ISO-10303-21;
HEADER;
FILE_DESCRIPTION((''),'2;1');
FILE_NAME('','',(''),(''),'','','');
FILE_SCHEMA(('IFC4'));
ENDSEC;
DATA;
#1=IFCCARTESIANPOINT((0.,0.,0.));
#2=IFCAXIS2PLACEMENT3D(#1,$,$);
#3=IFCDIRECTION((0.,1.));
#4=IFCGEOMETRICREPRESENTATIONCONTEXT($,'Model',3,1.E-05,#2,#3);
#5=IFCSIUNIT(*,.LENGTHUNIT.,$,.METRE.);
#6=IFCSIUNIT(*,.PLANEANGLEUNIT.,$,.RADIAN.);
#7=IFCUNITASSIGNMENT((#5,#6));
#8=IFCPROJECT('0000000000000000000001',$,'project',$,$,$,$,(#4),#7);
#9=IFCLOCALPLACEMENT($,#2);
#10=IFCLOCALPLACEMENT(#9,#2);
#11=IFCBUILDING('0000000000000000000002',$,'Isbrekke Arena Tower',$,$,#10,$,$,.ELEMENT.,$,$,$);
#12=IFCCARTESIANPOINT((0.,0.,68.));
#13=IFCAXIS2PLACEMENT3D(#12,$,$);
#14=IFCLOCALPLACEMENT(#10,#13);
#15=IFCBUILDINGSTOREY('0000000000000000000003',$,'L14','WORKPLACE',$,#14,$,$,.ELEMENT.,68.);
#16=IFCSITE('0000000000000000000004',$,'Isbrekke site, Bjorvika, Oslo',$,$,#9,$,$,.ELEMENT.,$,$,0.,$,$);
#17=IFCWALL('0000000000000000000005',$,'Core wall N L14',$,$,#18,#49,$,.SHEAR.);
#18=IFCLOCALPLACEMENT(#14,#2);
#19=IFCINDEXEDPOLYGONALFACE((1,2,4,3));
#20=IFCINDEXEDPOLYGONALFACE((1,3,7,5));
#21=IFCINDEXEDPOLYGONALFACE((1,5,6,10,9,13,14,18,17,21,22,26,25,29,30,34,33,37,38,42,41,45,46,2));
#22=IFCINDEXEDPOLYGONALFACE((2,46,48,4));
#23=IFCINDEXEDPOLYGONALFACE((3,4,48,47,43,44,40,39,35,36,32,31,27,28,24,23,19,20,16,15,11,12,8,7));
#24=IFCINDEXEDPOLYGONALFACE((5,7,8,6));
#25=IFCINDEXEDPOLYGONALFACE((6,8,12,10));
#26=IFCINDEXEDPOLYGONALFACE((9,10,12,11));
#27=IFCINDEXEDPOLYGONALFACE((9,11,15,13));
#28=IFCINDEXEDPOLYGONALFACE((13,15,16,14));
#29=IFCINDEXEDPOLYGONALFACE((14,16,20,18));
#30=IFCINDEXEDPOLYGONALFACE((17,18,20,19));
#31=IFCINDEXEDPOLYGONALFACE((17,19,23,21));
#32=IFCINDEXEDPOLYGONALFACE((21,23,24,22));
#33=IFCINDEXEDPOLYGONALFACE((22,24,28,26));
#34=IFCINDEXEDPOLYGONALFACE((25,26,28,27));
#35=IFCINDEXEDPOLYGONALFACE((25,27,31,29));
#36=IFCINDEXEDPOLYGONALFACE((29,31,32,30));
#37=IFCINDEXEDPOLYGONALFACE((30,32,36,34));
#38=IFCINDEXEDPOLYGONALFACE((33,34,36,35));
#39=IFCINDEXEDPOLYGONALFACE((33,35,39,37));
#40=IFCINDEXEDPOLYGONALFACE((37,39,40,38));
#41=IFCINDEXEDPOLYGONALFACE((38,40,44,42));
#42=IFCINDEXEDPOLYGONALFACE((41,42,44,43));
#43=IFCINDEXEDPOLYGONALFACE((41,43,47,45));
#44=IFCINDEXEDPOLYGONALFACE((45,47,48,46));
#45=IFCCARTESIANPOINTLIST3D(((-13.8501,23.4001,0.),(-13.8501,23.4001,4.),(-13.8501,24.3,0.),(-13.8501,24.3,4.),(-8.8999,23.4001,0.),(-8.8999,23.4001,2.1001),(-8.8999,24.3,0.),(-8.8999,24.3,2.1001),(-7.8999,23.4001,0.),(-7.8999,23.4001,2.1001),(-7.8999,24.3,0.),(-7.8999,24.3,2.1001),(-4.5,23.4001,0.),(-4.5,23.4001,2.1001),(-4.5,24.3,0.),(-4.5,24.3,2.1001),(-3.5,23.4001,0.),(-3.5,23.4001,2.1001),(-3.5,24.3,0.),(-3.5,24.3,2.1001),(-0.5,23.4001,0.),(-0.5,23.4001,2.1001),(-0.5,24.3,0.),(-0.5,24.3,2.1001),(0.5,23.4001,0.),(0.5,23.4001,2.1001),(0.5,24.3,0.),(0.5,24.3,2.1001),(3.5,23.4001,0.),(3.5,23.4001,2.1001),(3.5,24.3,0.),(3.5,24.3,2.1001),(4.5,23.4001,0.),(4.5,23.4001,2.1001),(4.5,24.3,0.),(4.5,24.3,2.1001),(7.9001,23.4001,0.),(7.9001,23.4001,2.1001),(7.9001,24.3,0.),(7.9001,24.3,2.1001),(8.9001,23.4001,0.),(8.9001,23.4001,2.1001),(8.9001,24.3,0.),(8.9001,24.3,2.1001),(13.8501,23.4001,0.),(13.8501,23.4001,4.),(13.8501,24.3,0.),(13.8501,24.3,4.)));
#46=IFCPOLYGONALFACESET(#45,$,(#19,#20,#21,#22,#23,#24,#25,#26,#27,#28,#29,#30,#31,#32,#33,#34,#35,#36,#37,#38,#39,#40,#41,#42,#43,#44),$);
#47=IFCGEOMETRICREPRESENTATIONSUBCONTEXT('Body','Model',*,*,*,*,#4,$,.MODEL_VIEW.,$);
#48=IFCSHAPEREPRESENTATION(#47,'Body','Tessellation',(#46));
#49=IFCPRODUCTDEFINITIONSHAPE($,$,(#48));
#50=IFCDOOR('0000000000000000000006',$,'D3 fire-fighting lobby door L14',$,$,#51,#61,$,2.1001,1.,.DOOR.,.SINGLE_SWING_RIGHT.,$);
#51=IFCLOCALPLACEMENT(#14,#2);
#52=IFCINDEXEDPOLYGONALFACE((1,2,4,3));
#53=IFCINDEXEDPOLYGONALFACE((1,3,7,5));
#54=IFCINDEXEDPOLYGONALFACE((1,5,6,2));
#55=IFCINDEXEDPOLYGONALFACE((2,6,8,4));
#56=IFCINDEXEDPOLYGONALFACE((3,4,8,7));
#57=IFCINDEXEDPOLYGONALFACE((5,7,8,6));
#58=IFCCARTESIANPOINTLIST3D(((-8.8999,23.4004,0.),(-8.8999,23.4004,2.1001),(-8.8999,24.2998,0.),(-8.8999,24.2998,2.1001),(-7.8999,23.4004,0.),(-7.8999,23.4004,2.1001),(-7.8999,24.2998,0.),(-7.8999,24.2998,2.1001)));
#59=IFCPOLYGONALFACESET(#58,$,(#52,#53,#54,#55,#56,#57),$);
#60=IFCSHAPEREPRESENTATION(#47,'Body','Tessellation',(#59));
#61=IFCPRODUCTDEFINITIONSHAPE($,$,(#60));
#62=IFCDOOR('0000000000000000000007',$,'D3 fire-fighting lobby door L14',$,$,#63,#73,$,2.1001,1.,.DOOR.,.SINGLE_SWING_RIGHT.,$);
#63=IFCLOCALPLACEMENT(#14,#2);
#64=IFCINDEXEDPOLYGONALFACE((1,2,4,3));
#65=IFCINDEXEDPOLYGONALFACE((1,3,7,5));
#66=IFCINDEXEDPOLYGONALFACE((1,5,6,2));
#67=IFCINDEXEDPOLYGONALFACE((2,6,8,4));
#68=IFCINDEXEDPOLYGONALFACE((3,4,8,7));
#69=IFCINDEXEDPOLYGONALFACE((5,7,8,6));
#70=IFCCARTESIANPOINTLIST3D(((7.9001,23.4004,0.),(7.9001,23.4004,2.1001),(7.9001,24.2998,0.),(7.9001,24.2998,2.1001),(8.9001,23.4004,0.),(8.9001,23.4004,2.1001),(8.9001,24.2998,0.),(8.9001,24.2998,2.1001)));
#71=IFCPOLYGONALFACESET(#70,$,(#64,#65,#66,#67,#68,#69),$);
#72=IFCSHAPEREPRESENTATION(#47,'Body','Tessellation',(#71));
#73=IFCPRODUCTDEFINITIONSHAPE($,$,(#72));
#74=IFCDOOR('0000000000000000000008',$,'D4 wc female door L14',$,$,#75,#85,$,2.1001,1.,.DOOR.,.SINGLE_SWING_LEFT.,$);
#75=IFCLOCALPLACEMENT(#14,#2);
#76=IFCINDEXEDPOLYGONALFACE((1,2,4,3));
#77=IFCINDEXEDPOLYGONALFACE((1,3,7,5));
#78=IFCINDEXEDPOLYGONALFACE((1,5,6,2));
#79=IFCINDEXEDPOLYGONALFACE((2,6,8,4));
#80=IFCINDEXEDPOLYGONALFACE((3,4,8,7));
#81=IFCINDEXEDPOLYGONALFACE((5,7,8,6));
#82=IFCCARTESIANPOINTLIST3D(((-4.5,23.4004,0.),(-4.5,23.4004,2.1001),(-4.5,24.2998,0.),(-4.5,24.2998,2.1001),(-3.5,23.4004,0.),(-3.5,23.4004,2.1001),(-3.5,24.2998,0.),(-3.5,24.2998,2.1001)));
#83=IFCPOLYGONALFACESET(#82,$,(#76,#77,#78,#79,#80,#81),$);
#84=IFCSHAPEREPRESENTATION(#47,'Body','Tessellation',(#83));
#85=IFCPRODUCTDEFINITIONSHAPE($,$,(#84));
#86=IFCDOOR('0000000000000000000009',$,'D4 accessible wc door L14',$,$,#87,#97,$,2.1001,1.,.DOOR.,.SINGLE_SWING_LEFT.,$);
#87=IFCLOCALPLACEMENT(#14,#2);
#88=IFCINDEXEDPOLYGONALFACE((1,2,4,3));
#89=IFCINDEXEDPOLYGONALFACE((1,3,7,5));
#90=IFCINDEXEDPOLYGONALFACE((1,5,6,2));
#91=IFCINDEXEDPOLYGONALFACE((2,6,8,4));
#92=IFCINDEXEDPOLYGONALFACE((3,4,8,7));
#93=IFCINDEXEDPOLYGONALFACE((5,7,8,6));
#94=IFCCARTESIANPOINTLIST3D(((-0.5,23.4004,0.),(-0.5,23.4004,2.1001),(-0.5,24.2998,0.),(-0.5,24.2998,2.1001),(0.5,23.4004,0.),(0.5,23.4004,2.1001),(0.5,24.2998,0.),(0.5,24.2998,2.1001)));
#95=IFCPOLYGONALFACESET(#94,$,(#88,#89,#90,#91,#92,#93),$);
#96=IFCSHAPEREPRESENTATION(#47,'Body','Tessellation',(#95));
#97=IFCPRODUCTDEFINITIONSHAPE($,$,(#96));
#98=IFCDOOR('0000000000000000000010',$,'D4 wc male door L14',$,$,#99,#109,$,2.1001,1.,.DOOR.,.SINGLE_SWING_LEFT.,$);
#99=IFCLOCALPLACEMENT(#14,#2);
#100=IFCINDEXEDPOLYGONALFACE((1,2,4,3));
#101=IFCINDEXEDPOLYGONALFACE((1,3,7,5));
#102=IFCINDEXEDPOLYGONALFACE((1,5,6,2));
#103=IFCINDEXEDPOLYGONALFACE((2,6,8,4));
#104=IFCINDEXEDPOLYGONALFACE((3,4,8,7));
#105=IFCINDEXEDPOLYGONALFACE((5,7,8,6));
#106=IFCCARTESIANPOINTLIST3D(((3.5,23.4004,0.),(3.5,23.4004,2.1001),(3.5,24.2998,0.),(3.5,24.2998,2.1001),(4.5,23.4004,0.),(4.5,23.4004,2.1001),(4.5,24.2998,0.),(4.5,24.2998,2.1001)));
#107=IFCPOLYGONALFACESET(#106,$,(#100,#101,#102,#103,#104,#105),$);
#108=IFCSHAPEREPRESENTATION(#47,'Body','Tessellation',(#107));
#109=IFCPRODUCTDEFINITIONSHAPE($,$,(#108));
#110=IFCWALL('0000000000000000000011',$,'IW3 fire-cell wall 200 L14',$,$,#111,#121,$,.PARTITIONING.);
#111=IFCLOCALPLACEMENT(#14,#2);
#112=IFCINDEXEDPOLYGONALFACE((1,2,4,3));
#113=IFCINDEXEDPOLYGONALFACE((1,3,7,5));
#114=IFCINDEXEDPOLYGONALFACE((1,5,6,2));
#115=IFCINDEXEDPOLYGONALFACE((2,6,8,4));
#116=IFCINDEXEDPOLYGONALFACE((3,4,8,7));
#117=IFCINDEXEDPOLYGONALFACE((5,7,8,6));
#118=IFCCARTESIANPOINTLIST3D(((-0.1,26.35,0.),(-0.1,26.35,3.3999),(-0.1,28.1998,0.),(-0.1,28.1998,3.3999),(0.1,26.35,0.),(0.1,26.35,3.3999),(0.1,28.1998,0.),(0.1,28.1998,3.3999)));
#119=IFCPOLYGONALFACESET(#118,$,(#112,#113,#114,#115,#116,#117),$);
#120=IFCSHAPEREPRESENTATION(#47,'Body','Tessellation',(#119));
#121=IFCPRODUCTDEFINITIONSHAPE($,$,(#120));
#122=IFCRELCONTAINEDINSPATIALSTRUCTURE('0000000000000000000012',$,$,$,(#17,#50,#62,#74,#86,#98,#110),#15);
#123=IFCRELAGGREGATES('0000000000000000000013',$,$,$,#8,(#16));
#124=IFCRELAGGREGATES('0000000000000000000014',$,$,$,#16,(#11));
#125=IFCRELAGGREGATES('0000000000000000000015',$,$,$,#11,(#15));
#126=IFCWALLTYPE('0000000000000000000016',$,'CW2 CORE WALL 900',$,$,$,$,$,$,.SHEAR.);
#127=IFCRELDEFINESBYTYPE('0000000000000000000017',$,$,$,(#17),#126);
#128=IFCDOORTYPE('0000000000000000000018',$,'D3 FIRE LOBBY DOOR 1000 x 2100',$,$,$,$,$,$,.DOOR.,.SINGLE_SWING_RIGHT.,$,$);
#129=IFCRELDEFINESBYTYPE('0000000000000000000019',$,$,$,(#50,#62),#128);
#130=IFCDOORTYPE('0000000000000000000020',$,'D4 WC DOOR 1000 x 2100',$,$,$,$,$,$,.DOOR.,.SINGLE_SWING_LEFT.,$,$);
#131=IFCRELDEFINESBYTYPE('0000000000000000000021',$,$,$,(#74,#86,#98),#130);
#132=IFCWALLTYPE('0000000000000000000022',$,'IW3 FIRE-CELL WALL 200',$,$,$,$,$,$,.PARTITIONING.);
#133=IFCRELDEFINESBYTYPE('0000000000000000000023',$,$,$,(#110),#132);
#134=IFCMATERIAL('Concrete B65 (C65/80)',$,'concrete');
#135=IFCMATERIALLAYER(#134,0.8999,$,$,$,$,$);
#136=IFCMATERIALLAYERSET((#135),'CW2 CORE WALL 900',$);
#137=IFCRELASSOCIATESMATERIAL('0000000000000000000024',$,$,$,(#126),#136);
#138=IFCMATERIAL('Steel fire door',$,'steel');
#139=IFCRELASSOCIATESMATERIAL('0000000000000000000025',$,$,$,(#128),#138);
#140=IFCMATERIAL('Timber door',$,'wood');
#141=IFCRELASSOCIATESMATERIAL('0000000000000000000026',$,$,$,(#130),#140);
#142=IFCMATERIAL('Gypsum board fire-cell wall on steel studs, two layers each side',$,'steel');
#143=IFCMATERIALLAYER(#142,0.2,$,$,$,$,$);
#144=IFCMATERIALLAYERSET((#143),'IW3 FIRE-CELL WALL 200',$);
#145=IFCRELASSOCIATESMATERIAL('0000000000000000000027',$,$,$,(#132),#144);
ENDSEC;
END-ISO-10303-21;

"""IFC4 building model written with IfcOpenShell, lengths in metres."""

from ifc_helpers import new_model, si_unit, direction, frame, frame_2d, origin, place, context, subcontext, project, spatial, rectangle, extrude, material, layer, layer_set, type_object, element, fill, save


model = new_model("IFC4")

# Units and contexts
model_context = context("Model", 3, precision=1e-05, world=origin(), true_north=direction((0.0, 1.0)))
body_context = subcontext(model_context, "Body", "Model", "MODEL_VIEW")
ifc_project = project(units=[si_unit("LENGTHUNIT", "METRE"), si_unit("PLANEANGLEUNIT", "RADIAN")], contexts=[model_context])

# Site, building, storey
site_placement = place(None, origin())
site = spatial("IfcSite", under=ifc_project, at=site_placement, Name="Isbrekke site, Bjorvika, Oslo", CompositionType="ELEMENT", RefElevation=0.0)
building_placement = place(site_placement, origin())
building = spatial("IfcBuilding", under=site, at=building_placement, Name="Isbrekke Arena Tower", CompositionType="ELEMENT")
storey_placement = place(building_placement, frame((0.0, 0.0, 68.0)))
storey = spatial("IfcBuildingStorey", under=building, at=storey_placement, Name="L14", Description="WORKPLACE", CompositionType="ELEMENT", Elevation=68.0)

# Wall, openings, doors
ifc_material_1 = material(Name="Concrete B65 (C65/80)", Category="concrete")
ifc_layer_1 = layer(ifc_material_1, 0.8999)
ifc_layer_set_1 = layer_set([ifc_layer_1], Name="CW2 CORE WALL 900")
wall_type_1 = type_object("IfcWallType", Name="CW2 CORE WALL 900", PredefinedType="SHEAR", material=ifc_layer_set_1)
wall_1_placement = place(storey_placement, frame((13.8501, 23.8501, 0.0), z_axis=(0.0, 0.0, 1.0), x_axis=(-1.0, 0.0, 0.0)))
wall_1 = element("IfcWall", 1, at=wall_1_placement, inside=storey, type_object=wall_type_1, Name="Core wall N L14", PredefinedType="SHEAR", context=body_context, shape_type="SweptSolid", body=[
    extrude(rectangle(XDim=27.7002, YDim=0.8999, at=frame_2d((13.8501, 0.0))), origin(), (0.0, 0.0, 1.0), 4.0),
])
opening_1_placement = place(wall_1_placement, frame((21.75, 0.0, 0.0)))
opening_1 = element("IfcOpeningElement", 2, at=opening_1_placement, cuts=wall_1, PredefinedType="OPENING", context=body_context, shape_type="SweptSolid", body=[
    extrude(rectangle(XDim=1.0, YDim=2.1001, at=frame_2d((0.5, 1.05))), frame((0.0, 0.4648, 0.0), z_axis=(0.0, -1.0, 0.0), x_axis=(1.0, 0.0, 0.0)), (0.0, 0.0, 1.0), 0.9297),
])
opening_2_placement = place(wall_1_placement, frame((4.95, 0.0, 0.0)))
opening_2 = element("IfcOpeningElement", 3, at=opening_2_placement, cuts=wall_1, PredefinedType="OPENING", context=body_context, shape_type="SweptSolid", body=[
    extrude(rectangle(XDim=1.0, YDim=2.1001, at=frame_2d((0.5, 1.05))), frame((0.0, 0.4648, 0.0), z_axis=(0.0, -1.0, 0.0), x_axis=(1.0, 0.0, 0.0)), (0.0, 0.0, 1.0), 0.9297),
])
opening_3_placement = place(wall_1_placement, frame((17.3501, 0.0, 0.0)))
opening_3 = element("IfcOpeningElement", 4, at=opening_3_placement, cuts=wall_1, PredefinedType="OPENING", context=body_context, shape_type="SweptSolid", body=[
    extrude(rectangle(XDim=1.0, YDim=2.1001, at=frame_2d((0.5, 1.05))), frame((0.0, 0.4648, 0.0), z_axis=(0.0, -1.0, 0.0), x_axis=(1.0, 0.0, 0.0)), (0.0, 0.0, 1.0), 0.9297),
])
opening_4_placement = place(wall_1_placement, frame((13.3501, 0.0, 0.0)))
opening_4 = element("IfcOpeningElement", 5, at=opening_4_placement, cuts=wall_1, PredefinedType="OPENING", context=body_context, shape_type="SweptSolid", body=[
    extrude(rectangle(XDim=1.0, YDim=2.1001, at=frame_2d((0.5, 1.05))), frame((0.0, 0.4648, 0.0), z_axis=(0.0, -1.0, 0.0), x_axis=(1.0, 0.0, 0.0)), (0.0, 0.0, 1.0), 0.9297),
])
opening_5_placement = place(wall_1_placement, frame((9.3501, 0.0, 0.0)))
opening_5 = element("IfcOpeningElement", 6, at=opening_5_placement, cuts=wall_1, PredefinedType="OPENING", context=body_context, shape_type="SweptSolid", body=[
    extrude(rectangle(XDim=1.0, YDim=2.1001, at=frame_2d((0.5, 1.05))), frame((0.0, 0.4648, 0.0), z_axis=(0.0, -1.0, 0.0), x_axis=(1.0, 0.0, 0.0)), (0.0, 0.0, 1.0), 0.9297),
])
ifc_material_2 = material(Name="Steel fire door", Category="steel")
door_type_1 = type_object("IfcDoorType", Name="D3 FIRE LOBBY DOOR 1000 x 2100", OperationType="SINGLE_SWING_RIGHT", PredefinedType="DOOR", material=ifc_material_2)
door_1_placement = place(opening_1_placement, origin())
door_1 = element("IfcDoor", 7, at=door_1_placement, inside=storey, type_object=door_type_1, Name="D3 fire-fighting lobby door L14", OperationType="SINGLE_SWING_RIGHT", OverallHeight=2.1001, OverallWidth=1.0, PredefinedType="DOOR", context=body_context, shape_type="SweptSolid", body=[
    extrude(rectangle(XDim=1.0, YDim=2.1001, at=frame_2d((0.5, 1.05))), frame((0.0, 0.4497, 0.0), z_axis=(0.0, -1.0, 0.0), x_axis=(1.0, 0.0, 0.0)), (0.0, 0.0, 1.0), 0.8994),
])
fill(opening_1, door_1)
door_2_placement = place(opening_2_placement, origin())
door_2 = element("IfcDoor", 8, at=door_2_placement, inside=storey, type_object=door_type_1, Name="D3 fire-fighting lobby door L14", OperationType="SINGLE_SWING_RIGHT", OverallHeight=2.1001, OverallWidth=1.0, PredefinedType="DOOR", context=body_context, shape_type="SweptSolid", body=[
    extrude(rectangle(XDim=1.0, YDim=2.1001, at=frame_2d((0.5, 1.05))), frame((0.0, 0.4497, 0.0), z_axis=(0.0, -1.0, 0.0), x_axis=(1.0, 0.0, 0.0)), (0.0, 0.0, 1.0), 0.8994),
])
fill(opening_2, door_2)
ifc_material_3 = material(Name="Timber door", Category="wood")
door_type_2 = type_object("IfcDoorType", Name="D4 WC DOOR 1000 x 2100", OperationType="SINGLE_SWING_LEFT", PredefinedType="DOOR", material=ifc_material_3)
door_3_placement = place(opening_3_placement, origin())
door_3 = element("IfcDoor", 9, at=door_3_placement, inside=storey, type_object=door_type_2, Name="D4 wc female door L14", OperationType="SINGLE_SWING_LEFT", OverallHeight=2.1001, OverallWidth=1.0, PredefinedType="DOOR", context=body_context, shape_type="SweptSolid", body=[
    extrude(rectangle(XDim=1.0, YDim=2.1001, at=frame_2d((0.5, 1.05))), frame((0.0, 0.4497, 0.0), z_axis=(0.0, -1.0, 0.0), x_axis=(1.0, 0.0, 0.0)), (0.0, 0.0, 1.0), 0.8994),
])
fill(opening_3, door_3)
door_4_placement = place(opening_4_placement, origin())
door_4 = element("IfcDoor", 10, at=door_4_placement, inside=storey, type_object=door_type_2, Name="D4 accessible wc door L14", OperationType="SINGLE_SWING_LEFT", OverallHeight=2.1001, OverallWidth=1.0, PredefinedType="DOOR", context=body_context, shape_type="SweptSolid", body=[
    extrude(rectangle(XDim=1.0, YDim=2.1001, at=frame_2d((0.5, 1.05))), frame((0.0, 0.4497, 0.0), z_axis=(0.0, -1.0, 0.0), x_axis=(1.0, 0.0, 0.0)), (0.0, 0.0, 1.0), 0.8994),
])
fill(opening_4, door_4)
door_5_placement = place(opening_5_placement, origin())
door_5 = element("IfcDoor", 11, at=door_5_placement, inside=storey, type_object=door_type_2, Name="D4 wc male door L14", OperationType="SINGLE_SWING_LEFT", OverallHeight=2.1001, OverallWidth=1.0, PredefinedType="DOOR", context=body_context, shape_type="SweptSolid", body=[
    extrude(rectangle(XDim=1.0, YDim=2.1001, at=frame_2d((0.5, 1.05))), frame((0.0, 0.4497, 0.0), z_axis=(0.0, -1.0, 0.0), x_axis=(1.0, 0.0, 0.0)), (0.0, 0.0, 1.0), 0.8994),
])
fill(opening_5, door_5)

# Wall
ifc_material_4 = material(Name="Gypsum board fire-cell wall on steel studs, two layers each side", Category="steel")
ifc_layer_2 = layer(ifc_material_4, 0.2)
ifc_layer_set_2 = layer_set([ifc_layer_2], Name="IW3 FIRE-CELL WALL 200")
wall_type_2 = type_object("IfcWallType", Name="IW3 FIRE-CELL WALL 200", PredefinedType="PARTITIONING", material=ifc_layer_set_2)
wall_2_placement = place(storey_placement, frame((0.0, 26.3501, 0.0), z_axis=(0.0, 0.0, 1.0), x_axis=(0.0, 1.0, 0.0)))
element("IfcWall", 12, at=wall_2_placement, inside=storey, type_object=wall_type_2, Name="IW3 fire-cell wall 200 L14", PredefinedType="PARTITIONING", context=body_context, shape_type="SweptSolid", body=[
    extrude(rectangle(XDim=1.8499, YDim=0.2, at=frame_2d((0.9248, 0.0))), origin(), (0.0, 0.0, 1.0), 3.3999),
])

save(model, "model.ifc")
